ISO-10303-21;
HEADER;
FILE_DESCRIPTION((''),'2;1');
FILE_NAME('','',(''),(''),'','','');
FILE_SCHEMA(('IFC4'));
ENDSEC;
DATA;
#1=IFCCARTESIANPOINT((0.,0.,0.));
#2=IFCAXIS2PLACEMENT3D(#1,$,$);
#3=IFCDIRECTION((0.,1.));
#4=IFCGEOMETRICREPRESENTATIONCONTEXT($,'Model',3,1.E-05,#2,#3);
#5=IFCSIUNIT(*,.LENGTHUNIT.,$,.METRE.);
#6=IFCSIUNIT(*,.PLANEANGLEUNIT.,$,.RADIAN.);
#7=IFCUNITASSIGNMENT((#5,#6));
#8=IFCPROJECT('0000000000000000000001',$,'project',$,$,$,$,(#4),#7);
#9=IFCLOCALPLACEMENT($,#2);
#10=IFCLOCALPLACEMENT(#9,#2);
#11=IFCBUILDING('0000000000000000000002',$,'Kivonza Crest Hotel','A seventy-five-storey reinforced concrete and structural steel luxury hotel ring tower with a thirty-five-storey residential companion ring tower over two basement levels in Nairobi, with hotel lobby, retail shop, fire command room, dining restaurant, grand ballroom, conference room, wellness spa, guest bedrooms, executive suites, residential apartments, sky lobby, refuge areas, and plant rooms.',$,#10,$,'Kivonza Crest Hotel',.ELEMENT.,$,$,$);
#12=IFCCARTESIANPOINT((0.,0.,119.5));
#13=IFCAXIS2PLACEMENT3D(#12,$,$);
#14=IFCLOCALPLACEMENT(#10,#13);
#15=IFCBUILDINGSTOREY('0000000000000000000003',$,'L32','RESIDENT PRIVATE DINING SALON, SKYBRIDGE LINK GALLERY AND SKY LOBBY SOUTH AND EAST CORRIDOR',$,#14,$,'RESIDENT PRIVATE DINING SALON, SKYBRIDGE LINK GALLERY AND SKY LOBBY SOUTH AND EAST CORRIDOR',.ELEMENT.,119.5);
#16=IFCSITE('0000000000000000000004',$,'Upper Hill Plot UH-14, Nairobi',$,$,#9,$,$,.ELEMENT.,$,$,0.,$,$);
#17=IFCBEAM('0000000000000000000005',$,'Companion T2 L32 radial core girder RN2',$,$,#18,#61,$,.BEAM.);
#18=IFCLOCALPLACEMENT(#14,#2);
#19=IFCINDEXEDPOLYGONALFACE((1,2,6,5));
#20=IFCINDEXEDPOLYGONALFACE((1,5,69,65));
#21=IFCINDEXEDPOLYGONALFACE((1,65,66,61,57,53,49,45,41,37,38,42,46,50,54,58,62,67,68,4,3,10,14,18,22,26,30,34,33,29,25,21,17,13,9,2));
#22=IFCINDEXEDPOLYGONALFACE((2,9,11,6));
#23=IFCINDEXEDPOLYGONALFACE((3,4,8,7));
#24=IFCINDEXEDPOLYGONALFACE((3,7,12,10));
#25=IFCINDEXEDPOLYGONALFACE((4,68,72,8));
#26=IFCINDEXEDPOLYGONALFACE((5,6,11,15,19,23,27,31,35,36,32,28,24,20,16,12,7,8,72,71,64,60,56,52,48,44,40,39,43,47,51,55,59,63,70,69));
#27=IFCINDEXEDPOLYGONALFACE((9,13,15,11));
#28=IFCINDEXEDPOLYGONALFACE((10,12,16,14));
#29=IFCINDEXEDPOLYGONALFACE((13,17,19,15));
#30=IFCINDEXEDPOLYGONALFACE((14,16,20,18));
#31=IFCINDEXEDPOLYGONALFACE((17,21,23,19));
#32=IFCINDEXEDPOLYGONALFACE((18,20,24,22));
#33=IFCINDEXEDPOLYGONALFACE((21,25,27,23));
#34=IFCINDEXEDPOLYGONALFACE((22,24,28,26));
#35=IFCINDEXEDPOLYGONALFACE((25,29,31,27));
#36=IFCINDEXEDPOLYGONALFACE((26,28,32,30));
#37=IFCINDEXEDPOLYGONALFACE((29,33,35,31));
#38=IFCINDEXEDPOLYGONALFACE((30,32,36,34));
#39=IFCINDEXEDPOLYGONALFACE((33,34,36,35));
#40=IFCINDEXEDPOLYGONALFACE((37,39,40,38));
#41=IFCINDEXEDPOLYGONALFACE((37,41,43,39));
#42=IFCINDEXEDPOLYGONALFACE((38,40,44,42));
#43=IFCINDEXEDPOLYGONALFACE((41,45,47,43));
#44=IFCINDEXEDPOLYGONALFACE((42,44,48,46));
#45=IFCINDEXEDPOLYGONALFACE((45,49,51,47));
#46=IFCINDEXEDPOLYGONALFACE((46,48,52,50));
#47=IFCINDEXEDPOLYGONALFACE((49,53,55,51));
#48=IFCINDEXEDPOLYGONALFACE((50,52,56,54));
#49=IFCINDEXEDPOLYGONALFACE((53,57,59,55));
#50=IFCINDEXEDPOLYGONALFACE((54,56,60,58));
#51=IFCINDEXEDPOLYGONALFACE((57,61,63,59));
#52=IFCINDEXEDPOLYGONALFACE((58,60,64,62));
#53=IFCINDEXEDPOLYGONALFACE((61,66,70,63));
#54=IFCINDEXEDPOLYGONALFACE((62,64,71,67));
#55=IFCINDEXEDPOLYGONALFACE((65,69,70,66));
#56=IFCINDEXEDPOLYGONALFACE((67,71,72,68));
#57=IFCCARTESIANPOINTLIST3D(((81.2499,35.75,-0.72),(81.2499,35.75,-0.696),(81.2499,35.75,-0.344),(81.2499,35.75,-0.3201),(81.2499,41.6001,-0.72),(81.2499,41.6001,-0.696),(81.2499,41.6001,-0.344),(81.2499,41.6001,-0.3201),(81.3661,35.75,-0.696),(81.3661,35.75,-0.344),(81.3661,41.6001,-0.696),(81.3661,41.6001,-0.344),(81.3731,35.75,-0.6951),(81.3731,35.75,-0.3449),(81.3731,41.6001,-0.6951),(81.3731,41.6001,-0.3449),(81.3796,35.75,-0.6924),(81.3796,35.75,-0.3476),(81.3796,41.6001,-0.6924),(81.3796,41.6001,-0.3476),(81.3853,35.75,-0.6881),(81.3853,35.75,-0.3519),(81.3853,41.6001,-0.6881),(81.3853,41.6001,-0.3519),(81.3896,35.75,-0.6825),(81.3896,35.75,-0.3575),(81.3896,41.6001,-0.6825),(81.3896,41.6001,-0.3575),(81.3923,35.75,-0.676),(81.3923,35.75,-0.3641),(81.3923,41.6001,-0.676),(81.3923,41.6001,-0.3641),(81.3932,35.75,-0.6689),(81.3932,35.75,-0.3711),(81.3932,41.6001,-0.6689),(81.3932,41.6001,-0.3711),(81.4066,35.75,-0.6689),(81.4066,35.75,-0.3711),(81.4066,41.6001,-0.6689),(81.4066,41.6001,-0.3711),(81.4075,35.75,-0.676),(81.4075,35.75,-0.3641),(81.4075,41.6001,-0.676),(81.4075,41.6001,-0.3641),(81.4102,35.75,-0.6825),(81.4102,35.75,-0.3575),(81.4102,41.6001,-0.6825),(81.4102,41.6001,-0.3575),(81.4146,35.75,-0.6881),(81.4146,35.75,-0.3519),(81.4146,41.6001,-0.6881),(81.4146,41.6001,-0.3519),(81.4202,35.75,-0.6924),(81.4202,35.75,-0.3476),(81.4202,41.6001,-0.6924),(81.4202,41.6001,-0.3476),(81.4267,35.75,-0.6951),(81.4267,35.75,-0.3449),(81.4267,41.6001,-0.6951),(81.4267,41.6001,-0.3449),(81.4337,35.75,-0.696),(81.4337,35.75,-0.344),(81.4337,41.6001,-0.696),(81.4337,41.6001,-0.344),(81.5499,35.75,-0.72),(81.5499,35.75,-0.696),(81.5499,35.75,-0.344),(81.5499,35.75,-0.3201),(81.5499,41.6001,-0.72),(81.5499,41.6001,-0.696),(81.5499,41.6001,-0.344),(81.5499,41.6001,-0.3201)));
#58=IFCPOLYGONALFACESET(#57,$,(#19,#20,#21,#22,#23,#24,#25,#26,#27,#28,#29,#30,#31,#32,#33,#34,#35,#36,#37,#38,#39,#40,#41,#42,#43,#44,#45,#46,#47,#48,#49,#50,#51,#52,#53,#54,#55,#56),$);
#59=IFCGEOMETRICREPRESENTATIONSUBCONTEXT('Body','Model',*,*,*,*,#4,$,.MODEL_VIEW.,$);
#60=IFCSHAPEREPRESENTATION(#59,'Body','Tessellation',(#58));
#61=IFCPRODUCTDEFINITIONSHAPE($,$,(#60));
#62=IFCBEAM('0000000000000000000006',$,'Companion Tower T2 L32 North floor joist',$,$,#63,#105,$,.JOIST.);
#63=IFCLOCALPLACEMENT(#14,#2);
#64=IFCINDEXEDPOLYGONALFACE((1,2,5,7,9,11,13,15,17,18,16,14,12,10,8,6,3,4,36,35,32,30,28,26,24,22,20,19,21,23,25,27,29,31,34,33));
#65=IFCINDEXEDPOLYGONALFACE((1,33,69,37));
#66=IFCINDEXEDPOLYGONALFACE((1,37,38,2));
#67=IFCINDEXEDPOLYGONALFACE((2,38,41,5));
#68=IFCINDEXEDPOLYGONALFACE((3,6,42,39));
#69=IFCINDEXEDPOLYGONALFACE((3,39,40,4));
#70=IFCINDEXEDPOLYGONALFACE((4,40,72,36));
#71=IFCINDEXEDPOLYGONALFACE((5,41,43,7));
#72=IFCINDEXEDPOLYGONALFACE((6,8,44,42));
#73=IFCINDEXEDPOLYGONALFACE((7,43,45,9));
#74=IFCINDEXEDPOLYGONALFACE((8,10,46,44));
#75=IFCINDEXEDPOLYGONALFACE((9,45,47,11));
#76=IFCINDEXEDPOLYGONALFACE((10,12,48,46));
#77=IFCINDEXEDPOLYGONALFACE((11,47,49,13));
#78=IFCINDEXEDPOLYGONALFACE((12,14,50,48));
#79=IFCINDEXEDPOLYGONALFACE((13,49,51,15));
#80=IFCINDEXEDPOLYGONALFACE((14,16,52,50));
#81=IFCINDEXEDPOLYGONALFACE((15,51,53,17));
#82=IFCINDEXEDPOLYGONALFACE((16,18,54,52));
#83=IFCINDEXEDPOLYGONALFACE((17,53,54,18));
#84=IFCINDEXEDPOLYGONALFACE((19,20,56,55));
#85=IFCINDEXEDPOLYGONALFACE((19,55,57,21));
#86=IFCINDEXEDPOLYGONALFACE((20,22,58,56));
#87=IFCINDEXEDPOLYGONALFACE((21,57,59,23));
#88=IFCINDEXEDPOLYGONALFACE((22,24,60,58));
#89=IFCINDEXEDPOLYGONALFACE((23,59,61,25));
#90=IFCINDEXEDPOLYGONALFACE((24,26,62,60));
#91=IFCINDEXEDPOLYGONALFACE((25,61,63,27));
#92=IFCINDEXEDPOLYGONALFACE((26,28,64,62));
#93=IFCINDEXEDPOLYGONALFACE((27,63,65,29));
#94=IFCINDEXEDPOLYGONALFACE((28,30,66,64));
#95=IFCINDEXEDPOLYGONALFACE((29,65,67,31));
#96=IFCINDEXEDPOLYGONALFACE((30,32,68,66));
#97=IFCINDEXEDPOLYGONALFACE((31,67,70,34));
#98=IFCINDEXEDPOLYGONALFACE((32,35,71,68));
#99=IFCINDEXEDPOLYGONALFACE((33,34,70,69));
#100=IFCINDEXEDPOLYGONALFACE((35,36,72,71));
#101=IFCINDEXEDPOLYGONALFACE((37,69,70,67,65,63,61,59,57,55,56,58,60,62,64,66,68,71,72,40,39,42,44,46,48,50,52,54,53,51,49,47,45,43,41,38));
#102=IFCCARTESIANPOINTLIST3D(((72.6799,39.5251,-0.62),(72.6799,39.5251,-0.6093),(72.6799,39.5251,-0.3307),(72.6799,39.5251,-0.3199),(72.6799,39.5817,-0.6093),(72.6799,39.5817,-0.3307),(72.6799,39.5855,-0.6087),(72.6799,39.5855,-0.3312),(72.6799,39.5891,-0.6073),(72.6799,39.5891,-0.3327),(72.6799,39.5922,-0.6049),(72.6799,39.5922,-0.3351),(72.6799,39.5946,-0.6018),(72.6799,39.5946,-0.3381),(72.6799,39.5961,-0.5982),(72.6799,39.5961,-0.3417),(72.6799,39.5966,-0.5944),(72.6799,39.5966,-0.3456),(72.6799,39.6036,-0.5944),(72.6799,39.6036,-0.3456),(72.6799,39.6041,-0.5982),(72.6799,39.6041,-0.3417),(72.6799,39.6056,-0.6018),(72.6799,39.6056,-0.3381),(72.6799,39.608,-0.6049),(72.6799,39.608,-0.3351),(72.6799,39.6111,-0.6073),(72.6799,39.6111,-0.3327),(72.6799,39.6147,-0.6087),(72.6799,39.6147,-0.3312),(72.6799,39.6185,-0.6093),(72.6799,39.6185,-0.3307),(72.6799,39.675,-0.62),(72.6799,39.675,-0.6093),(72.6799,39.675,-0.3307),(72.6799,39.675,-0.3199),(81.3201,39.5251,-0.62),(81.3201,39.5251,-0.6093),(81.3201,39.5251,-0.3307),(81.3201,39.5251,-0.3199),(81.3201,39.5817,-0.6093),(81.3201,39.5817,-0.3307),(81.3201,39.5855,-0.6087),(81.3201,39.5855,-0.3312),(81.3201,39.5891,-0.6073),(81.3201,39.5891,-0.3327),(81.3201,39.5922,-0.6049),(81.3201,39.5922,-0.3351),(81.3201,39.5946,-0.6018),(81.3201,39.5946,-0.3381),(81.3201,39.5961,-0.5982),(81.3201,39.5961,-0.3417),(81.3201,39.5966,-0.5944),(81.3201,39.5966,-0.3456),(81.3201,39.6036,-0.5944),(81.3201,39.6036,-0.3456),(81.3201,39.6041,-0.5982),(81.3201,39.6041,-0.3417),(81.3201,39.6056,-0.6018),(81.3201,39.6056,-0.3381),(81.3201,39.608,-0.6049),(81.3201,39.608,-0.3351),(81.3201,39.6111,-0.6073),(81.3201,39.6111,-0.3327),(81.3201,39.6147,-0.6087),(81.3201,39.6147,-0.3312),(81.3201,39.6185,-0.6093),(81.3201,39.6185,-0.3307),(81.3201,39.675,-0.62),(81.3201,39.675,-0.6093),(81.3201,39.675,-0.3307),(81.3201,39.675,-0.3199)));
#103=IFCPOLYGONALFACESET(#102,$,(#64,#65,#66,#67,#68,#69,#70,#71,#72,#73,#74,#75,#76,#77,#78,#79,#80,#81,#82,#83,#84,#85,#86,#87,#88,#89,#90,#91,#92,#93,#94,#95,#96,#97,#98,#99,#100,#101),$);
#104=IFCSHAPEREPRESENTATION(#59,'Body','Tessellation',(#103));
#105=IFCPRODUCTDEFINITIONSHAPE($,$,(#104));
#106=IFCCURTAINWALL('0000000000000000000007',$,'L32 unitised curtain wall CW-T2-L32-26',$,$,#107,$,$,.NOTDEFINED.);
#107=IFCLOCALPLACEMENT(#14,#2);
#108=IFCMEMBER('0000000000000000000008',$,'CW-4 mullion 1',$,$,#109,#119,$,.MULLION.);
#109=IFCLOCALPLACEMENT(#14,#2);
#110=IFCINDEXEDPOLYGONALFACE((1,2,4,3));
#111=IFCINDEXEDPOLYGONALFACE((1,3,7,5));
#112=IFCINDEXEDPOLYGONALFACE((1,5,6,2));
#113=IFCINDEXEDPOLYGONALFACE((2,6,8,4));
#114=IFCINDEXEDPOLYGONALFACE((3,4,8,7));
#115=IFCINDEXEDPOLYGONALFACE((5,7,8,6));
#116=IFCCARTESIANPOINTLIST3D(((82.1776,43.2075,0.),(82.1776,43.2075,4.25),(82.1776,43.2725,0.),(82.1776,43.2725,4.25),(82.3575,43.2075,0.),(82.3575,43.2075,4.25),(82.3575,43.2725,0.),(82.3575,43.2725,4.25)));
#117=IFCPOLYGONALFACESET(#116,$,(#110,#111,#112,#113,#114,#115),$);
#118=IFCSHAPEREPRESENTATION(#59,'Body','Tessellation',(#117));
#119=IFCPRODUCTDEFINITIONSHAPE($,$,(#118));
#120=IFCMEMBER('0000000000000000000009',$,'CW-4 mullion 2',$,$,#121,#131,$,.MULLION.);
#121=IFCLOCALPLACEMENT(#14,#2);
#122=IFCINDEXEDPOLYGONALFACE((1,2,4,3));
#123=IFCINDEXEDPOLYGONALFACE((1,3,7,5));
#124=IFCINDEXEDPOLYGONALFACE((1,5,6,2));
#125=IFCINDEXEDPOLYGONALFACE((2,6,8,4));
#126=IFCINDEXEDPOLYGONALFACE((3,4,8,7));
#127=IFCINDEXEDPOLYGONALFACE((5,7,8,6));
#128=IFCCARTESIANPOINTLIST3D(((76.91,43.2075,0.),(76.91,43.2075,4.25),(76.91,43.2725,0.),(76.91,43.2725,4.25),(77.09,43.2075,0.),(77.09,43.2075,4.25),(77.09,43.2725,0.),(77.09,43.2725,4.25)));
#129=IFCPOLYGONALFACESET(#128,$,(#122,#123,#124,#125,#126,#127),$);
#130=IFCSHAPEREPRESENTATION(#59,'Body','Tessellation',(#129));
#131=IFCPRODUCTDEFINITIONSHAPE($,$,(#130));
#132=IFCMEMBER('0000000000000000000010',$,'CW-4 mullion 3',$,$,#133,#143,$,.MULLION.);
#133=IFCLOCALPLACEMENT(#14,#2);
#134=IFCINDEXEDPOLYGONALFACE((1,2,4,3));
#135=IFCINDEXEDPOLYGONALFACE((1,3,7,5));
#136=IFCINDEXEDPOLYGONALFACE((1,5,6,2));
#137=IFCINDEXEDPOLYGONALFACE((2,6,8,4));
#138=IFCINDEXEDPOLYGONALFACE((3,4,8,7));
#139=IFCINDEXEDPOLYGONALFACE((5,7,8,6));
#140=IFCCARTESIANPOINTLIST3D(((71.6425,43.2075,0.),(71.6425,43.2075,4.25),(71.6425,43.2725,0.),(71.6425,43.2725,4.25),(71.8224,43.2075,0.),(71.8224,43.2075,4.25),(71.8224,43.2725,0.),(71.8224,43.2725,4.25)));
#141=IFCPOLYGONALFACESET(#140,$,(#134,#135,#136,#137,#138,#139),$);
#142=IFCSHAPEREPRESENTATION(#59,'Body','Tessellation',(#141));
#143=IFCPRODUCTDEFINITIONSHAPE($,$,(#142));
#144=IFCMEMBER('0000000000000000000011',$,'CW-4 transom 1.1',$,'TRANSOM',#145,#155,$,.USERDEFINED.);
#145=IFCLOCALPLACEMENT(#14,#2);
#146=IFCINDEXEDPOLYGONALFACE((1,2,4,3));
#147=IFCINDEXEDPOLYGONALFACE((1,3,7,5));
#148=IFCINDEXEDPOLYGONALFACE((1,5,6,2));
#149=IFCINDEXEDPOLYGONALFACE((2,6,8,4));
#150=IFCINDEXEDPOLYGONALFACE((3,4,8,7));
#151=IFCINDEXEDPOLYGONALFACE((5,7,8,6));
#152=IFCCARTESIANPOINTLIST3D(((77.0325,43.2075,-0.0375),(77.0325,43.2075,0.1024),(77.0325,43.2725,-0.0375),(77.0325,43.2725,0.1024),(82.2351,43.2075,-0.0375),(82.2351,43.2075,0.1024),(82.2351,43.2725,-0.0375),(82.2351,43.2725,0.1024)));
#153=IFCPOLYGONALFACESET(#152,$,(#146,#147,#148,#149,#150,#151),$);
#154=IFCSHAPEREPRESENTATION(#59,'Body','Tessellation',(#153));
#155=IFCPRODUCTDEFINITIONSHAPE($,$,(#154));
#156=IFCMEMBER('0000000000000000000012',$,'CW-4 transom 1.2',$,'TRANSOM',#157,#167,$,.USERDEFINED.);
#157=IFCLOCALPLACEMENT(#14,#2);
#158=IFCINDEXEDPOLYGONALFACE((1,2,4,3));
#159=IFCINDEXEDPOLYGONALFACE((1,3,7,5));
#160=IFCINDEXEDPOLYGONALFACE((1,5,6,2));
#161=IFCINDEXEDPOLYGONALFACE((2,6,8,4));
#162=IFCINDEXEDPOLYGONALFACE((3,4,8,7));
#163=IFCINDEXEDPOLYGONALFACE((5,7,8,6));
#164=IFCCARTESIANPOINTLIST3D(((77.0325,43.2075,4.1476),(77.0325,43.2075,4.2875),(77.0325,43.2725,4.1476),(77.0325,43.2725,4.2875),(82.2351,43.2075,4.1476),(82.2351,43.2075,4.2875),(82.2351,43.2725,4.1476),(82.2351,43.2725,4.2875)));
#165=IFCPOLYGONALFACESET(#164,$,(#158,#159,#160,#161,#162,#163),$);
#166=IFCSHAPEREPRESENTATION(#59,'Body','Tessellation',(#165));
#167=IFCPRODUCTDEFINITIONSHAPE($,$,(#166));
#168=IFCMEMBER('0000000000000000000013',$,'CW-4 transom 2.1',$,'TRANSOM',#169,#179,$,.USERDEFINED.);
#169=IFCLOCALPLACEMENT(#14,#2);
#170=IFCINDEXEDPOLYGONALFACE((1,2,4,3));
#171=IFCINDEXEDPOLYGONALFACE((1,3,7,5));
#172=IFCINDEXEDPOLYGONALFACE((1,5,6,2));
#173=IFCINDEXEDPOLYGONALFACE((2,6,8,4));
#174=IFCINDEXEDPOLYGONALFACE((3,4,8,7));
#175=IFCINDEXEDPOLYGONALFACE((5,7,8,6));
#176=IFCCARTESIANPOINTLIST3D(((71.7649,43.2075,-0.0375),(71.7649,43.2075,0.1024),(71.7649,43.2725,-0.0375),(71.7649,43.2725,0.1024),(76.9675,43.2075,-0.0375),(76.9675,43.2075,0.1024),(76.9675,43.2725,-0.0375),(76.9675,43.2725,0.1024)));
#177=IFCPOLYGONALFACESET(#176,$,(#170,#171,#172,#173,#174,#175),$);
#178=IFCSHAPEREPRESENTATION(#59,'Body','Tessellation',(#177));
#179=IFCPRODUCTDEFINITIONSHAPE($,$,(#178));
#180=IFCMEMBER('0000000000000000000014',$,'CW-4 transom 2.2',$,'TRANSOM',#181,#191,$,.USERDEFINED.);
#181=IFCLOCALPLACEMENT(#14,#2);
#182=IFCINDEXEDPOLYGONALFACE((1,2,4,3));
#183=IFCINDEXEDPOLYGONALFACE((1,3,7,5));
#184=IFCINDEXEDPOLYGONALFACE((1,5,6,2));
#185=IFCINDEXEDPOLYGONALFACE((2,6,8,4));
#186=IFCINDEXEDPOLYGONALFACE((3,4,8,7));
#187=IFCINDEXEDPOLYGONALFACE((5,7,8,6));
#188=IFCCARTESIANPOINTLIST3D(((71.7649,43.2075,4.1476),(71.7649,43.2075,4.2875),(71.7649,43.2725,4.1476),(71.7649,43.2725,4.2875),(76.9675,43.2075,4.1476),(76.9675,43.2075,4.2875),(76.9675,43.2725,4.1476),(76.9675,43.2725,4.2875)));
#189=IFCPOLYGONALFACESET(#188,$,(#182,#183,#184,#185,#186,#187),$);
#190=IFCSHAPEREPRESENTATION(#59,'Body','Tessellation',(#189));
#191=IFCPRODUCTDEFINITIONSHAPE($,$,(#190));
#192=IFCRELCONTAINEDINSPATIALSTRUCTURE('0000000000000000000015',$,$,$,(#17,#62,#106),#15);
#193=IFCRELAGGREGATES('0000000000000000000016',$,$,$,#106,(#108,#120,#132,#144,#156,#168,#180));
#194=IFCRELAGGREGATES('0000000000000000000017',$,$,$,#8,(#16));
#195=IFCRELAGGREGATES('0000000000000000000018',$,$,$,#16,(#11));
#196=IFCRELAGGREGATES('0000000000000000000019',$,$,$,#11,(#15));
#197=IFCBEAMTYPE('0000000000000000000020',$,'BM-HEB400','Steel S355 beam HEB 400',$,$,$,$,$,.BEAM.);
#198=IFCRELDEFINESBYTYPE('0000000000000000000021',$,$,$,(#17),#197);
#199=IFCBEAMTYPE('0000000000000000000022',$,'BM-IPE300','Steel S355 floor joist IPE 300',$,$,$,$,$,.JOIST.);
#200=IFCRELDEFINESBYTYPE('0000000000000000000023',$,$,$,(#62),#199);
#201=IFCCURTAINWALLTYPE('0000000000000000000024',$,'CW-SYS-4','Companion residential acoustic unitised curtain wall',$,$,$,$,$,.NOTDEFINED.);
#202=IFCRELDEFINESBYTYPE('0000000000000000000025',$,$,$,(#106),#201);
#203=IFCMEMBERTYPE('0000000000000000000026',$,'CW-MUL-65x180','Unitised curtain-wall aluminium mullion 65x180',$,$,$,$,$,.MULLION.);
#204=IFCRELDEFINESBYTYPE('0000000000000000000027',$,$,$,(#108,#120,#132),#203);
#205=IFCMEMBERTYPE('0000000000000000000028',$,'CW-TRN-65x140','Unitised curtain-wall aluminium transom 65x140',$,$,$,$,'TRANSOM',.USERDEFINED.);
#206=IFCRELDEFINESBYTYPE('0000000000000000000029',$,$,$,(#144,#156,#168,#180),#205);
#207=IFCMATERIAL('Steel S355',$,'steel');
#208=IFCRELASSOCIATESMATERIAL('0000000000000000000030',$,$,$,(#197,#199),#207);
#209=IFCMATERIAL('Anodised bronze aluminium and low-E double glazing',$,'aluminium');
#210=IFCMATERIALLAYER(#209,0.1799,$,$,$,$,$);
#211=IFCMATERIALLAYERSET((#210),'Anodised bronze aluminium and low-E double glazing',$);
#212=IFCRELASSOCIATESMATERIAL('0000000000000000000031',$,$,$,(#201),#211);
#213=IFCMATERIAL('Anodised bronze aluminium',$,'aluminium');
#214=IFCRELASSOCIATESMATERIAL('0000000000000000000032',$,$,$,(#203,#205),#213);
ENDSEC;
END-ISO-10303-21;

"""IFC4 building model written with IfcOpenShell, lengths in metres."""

from ifc_helpers import new_model, si_unit, direction, frame, origin, origin_2d, place, context, subcontext, project, spatial, rectangle, i_section, extrude, material, layer, layer_set, material_profile, profile_set, type_object, element, aggregate, save


model = new_model("IFC4")

# Units and contexts
model_context = context("Model", 3, precision=1e-05, world=origin(), true_north=direction((0.0, 1.0)))
body_context = subcontext(model_context, "Body", "Model", "MODEL_VIEW")
ifc_project = project(units=[si_unit("LENGTHUNIT", "METRE"), si_unit("PLANEANGLEUNIT", "RADIAN")], contexts=[model_context])

# Site, building, storey
site_placement = place(None, origin())
site = spatial("IfcSite", under=ifc_project, at=site_placement, Name="Upper Hill Plot UH-14, Nairobi", CompositionType="ELEMENT", RefElevation=0.0)
building_placement = place(site_placement, origin())
building = spatial("IfcBuilding", under=site, at=building_placement, Name="Kivonza Crest Hotel", Description="A seventy-five-storey reinforced concrete and structural steel luxury hotel ring tower with a thirty-five-storey residential companion ring tower over two basement levels in Nairobi, with hotel lobby, retail shop, fire command room, dining restaurant, grand ballroom, conference room, wellness spa, guest bedrooms, executive suites, residential apartments, sky lobby, refuge areas, and plant rooms.", LongName="Kivonza Crest Hotel", CompositionType="ELEMENT")
storey_placement = place(building_placement, frame((0.0, 0.0, 119.5)))
storey = spatial("IfcBuildingStorey", under=building, at=storey_placement, Name="L32", Description="RESIDENT PRIVATE DINING SALON, SKYBRIDGE LINK GALLERY AND SKY LOBBY SOUTH AND EAST CORRIDOR", LongName="RESIDENT PRIVATE DINING SALON, SKYBRIDGE LINK GALLERY AND SKY LOBBY SOUTH AND EAST CORRIDOR", CompositionType="ELEMENT", Elevation=119.5)

# Beams
ifc_material_1 = material(Name="Steel S355", Category="steel")
ifc_material_profile_1 = material_profile(ifc_material_1, i_section(OverallWidth=0.3, OverallDepth=0.3999, WebThickness=0.0134, FlangeThickness=0.0239, FilletRadius=0.0271, at=origin_2d()), Name="HEB 400")
ifc_profile_set_1 = profile_set([ifc_material_profile_1], Name="Steel S355")
beam_type_1 = type_object("IfcBeamType", Name="BM-HEB400", Description="Steel S355 beam HEB 400", PredefinedType="BEAM", material=ifc_profile_set_1)
for number, where, z_axis, x_axis, name in (
    (1, (81.3999, 41.6001, -0.52), (0.0, -1.0, 0.0), (1.0, 0.0, 0.0), "Companion T2 L32 radial core girder RN2"),
):
    element("IfcBeam", number, at=place(storey_placement, frame(where, z_axis=z_axis, x_axis=x_axis)), inside=storey, type_object=beam_type_1, Name=name, PredefinedType="BEAM", context=body_context, shape_type="SweptSolid", body=[
        extrude(i_section(OverallWidth=0.3, OverallDepth=0.3999, WebThickness=0.0134, FlangeThickness=0.0239, FilletRadius=0.0271, at=origin_2d()), origin(), (0.0, 0.0, 1.0), 5.8501),
    ])
ifc_material_profile_2 = material_profile(ifc_material_1, i_section(OverallWidth=0.1499, OverallDepth=0.3, WebThickness=0.0071, FlangeThickness=0.0107, FilletRadius=0.0149, at=origin_2d()), Name="IPE 300")
ifc_profile_set_2 = profile_set([ifc_material_profile_2], Name="Steel S355")
beam_type_2 = type_object("IfcBeamType", Name="BM-IPE300", Description="Steel S355 floor joist IPE 300", PredefinedType="JOIST", material=ifc_profile_set_2)
beam_1_placement = place(storey_placement, frame((72.6799, 39.6001, -0.47), z_axis=(1.0, 0.0, 0.0), x_axis=(0.0, 1.0, 0.0)))
element("IfcBeam", 2, at=beam_1_placement, inside=storey, type_object=beam_type_2, Name="Companion Tower T2 L32 North floor joist", PredefinedType="JOIST", context=body_context, shape_type="SweptSolid", body=[
    extrude(i_section(OverallWidth=0.1499, OverallDepth=0.3, WebThickness=0.0071, FlangeThickness=0.0107, FilletRadius=0.0149, at=origin_2d()), origin(), (0.0, 0.0, 1.0), 8.6401),
])

# Curtain wall, members
ifc_material_2 = material(Name="Anodised bronze aluminium and low-E double glazing", Category="aluminium")
ifc_layer_1 = layer(ifc_material_2, 0.1799)
ifc_layer_set_1 = layer_set([ifc_layer_1], Name="Anodised bronze aluminium and low-E double glazing")
curtain_wall_type = type_object("IfcCurtainWallType", Name="CW-SYS-4", Description="Companion residential acoustic unitised curtain wall", PredefinedType="NOTDEFINED", material=ifc_layer_set_1)
curtain_wall_placement = place(storey_placement, origin())
curtain_wall = element("IfcCurtainWall", 3, at=curtain_wall_placement, inside=storey, type_object=curtain_wall_type, Name="L32 unitised curtain wall CW-T2-L32-26", PredefinedType="NOTDEFINED")
ifc_material_3 = material(Name="Anodised bronze aluminium", Category="aluminium")
ifc_material_profile_3 = material_profile(ifc_material_3, rectangle(XDim=0.0649, YDim=0.1799, at=origin_2d()), Name="CW-M 65x180")
ifc_profile_set_3 = profile_set([ifc_material_profile_3], Name="Anodised bronze aluminium")
member_type_1 = type_object("IfcMemberType", Name="CW-MUL-65x180", Description="Unitised curtain-wall aluminium mullion 65x180", PredefinedType="MULLION", material=ifc_profile_set_3)
member_1_placement = place(storey_placement, frame((82.2676, 43.24, 0.0), z_axis=(0.0, 0.0, 1.0), x_axis=(0.0, -1.0, 0.0)))
member_1 = element("IfcMember", 4, at=member_1_placement, type_object=member_type_1, Name="CW-4 mullion 1", PredefinedType="MULLION", context=body_context, shape_type="SweptSolid", body=[
    extrude(rectangle(XDim=0.0649, YDim=0.1799, at=origin_2d()), origin(), (0.0, 0.0, 1.0), 4.25),
])
member_2_placement = place(storey_placement, frame((77.0, 43.24, 0.0), z_axis=(0.0, 0.0, 1.0), x_axis=(0.0, -1.0, 0.0)))
member_2 = element("IfcMember", 5, at=member_2_placement, type_object=member_type_1, Name="CW-4 mullion 2", PredefinedType="MULLION", context=body_context, shape_type="SweptSolid", body=[
    extrude(rectangle(XDim=0.0649, YDim=0.1799, at=origin_2d()), origin(), (0.0, 0.0, 1.0), 4.25),
])
member_3_placement = place(storey_placement, frame((71.7324, 43.24, 0.0), z_axis=(0.0, 0.0, 1.0), x_axis=(0.0, -1.0, 0.0)))
member_3 = element("IfcMember", 6, at=member_3_placement, type_object=member_type_1, Name="CW-4 mullion 3", PredefinedType="MULLION", context=body_context, shape_type="SweptSolid", body=[
    extrude(rectangle(XDim=0.0649, YDim=0.1799, at=origin_2d()), origin(), (0.0, 0.0, 1.0), 4.25),
])
ifc_material_profile_4 = material_profile(ifc_material_3, rectangle(XDim=0.0649, YDim=0.1399, at=origin_2d()), Name="CW-T 65x140")
ifc_profile_set_4 = profile_set([ifc_material_profile_4], Name="Anodised bronze aluminium")
member_type_2 = type_object("IfcMemberType", Name="CW-TRN-65x140", Description="Unitised curtain-wall aluminium transom 65x140", ElementType="TRANSOM", PredefinedType="USERDEFINED", material=ifc_profile_set_4)
member_4_placement = place(storey_placement, frame((82.2351, 43.24, 0.0325), z_axis=(-1.0, 0.0, 0.0), x_axis=(0.0, -1.0, 0.0)))
member_4 = element("IfcMember", 7, at=member_4_placement, type_object=member_type_2, Name="CW-4 transom 1.1", ObjectType="TRANSOM", PredefinedType="USERDEFINED", context=body_context, shape_type="SweptSolid", body=[
    extrude(rectangle(XDim=0.0649, YDim=0.1399, at=origin_2d()), origin(), (0.0, 0.0, 1.0), 5.2026),
])
member_5_placement = place(storey_placement, frame((82.2351, 43.24, 4.2175), z_axis=(-1.0, 0.0, 0.0), x_axis=(0.0, -1.0, 0.0)))
member_5 = element("IfcMember", 8, at=member_5_placement, type_object=member_type_2, Name="CW-4 transom 1.2", ObjectType="TRANSOM", PredefinedType="USERDEFINED", context=body_context, shape_type="SweptSolid", body=[
    extrude(rectangle(XDim=0.0649, YDim=0.1399, at=origin_2d()), origin(), (0.0, 0.0, 1.0), 5.2026),
])
member_6_placement = place(storey_placement, frame((76.9675, 43.24, 0.0325), z_axis=(-1.0, 0.0, 0.0), x_axis=(0.0, -1.0, 0.0)))
member_6 = element("IfcMember", 9, at=member_6_placement, type_object=member_type_2, Name="CW-4 transom 2.1", ObjectType="TRANSOM", PredefinedType="USERDEFINED", context=body_context, shape_type="SweptSolid", body=[
    extrude(rectangle(XDim=0.0649, YDim=0.1399, at=origin_2d()), origin(), (0.0, 0.0, 1.0), 5.2026),
])
member_7_placement = place(storey_placement, frame((76.9675, 43.24, 4.2175), z_axis=(-1.0, 0.0, 0.0), x_axis=(0.0, -1.0, 0.0)))
member_7 = element("IfcMember", 10, at=member_7_placement, type_object=member_type_2, Name="CW-4 transom 2.2", ObjectType="TRANSOM", PredefinedType="USERDEFINED", context=body_context, shape_type="SweptSolid", body=[
    extrude(rectangle(XDim=0.0649, YDim=0.1399, at=origin_2d()), origin(), (0.0, 0.0, 1.0), 5.2026),
])
aggregate(curtain_wall, [member_1, member_2, member_3, member_4, member_5, member_6, member_7])

save(model, "model.ifc")
